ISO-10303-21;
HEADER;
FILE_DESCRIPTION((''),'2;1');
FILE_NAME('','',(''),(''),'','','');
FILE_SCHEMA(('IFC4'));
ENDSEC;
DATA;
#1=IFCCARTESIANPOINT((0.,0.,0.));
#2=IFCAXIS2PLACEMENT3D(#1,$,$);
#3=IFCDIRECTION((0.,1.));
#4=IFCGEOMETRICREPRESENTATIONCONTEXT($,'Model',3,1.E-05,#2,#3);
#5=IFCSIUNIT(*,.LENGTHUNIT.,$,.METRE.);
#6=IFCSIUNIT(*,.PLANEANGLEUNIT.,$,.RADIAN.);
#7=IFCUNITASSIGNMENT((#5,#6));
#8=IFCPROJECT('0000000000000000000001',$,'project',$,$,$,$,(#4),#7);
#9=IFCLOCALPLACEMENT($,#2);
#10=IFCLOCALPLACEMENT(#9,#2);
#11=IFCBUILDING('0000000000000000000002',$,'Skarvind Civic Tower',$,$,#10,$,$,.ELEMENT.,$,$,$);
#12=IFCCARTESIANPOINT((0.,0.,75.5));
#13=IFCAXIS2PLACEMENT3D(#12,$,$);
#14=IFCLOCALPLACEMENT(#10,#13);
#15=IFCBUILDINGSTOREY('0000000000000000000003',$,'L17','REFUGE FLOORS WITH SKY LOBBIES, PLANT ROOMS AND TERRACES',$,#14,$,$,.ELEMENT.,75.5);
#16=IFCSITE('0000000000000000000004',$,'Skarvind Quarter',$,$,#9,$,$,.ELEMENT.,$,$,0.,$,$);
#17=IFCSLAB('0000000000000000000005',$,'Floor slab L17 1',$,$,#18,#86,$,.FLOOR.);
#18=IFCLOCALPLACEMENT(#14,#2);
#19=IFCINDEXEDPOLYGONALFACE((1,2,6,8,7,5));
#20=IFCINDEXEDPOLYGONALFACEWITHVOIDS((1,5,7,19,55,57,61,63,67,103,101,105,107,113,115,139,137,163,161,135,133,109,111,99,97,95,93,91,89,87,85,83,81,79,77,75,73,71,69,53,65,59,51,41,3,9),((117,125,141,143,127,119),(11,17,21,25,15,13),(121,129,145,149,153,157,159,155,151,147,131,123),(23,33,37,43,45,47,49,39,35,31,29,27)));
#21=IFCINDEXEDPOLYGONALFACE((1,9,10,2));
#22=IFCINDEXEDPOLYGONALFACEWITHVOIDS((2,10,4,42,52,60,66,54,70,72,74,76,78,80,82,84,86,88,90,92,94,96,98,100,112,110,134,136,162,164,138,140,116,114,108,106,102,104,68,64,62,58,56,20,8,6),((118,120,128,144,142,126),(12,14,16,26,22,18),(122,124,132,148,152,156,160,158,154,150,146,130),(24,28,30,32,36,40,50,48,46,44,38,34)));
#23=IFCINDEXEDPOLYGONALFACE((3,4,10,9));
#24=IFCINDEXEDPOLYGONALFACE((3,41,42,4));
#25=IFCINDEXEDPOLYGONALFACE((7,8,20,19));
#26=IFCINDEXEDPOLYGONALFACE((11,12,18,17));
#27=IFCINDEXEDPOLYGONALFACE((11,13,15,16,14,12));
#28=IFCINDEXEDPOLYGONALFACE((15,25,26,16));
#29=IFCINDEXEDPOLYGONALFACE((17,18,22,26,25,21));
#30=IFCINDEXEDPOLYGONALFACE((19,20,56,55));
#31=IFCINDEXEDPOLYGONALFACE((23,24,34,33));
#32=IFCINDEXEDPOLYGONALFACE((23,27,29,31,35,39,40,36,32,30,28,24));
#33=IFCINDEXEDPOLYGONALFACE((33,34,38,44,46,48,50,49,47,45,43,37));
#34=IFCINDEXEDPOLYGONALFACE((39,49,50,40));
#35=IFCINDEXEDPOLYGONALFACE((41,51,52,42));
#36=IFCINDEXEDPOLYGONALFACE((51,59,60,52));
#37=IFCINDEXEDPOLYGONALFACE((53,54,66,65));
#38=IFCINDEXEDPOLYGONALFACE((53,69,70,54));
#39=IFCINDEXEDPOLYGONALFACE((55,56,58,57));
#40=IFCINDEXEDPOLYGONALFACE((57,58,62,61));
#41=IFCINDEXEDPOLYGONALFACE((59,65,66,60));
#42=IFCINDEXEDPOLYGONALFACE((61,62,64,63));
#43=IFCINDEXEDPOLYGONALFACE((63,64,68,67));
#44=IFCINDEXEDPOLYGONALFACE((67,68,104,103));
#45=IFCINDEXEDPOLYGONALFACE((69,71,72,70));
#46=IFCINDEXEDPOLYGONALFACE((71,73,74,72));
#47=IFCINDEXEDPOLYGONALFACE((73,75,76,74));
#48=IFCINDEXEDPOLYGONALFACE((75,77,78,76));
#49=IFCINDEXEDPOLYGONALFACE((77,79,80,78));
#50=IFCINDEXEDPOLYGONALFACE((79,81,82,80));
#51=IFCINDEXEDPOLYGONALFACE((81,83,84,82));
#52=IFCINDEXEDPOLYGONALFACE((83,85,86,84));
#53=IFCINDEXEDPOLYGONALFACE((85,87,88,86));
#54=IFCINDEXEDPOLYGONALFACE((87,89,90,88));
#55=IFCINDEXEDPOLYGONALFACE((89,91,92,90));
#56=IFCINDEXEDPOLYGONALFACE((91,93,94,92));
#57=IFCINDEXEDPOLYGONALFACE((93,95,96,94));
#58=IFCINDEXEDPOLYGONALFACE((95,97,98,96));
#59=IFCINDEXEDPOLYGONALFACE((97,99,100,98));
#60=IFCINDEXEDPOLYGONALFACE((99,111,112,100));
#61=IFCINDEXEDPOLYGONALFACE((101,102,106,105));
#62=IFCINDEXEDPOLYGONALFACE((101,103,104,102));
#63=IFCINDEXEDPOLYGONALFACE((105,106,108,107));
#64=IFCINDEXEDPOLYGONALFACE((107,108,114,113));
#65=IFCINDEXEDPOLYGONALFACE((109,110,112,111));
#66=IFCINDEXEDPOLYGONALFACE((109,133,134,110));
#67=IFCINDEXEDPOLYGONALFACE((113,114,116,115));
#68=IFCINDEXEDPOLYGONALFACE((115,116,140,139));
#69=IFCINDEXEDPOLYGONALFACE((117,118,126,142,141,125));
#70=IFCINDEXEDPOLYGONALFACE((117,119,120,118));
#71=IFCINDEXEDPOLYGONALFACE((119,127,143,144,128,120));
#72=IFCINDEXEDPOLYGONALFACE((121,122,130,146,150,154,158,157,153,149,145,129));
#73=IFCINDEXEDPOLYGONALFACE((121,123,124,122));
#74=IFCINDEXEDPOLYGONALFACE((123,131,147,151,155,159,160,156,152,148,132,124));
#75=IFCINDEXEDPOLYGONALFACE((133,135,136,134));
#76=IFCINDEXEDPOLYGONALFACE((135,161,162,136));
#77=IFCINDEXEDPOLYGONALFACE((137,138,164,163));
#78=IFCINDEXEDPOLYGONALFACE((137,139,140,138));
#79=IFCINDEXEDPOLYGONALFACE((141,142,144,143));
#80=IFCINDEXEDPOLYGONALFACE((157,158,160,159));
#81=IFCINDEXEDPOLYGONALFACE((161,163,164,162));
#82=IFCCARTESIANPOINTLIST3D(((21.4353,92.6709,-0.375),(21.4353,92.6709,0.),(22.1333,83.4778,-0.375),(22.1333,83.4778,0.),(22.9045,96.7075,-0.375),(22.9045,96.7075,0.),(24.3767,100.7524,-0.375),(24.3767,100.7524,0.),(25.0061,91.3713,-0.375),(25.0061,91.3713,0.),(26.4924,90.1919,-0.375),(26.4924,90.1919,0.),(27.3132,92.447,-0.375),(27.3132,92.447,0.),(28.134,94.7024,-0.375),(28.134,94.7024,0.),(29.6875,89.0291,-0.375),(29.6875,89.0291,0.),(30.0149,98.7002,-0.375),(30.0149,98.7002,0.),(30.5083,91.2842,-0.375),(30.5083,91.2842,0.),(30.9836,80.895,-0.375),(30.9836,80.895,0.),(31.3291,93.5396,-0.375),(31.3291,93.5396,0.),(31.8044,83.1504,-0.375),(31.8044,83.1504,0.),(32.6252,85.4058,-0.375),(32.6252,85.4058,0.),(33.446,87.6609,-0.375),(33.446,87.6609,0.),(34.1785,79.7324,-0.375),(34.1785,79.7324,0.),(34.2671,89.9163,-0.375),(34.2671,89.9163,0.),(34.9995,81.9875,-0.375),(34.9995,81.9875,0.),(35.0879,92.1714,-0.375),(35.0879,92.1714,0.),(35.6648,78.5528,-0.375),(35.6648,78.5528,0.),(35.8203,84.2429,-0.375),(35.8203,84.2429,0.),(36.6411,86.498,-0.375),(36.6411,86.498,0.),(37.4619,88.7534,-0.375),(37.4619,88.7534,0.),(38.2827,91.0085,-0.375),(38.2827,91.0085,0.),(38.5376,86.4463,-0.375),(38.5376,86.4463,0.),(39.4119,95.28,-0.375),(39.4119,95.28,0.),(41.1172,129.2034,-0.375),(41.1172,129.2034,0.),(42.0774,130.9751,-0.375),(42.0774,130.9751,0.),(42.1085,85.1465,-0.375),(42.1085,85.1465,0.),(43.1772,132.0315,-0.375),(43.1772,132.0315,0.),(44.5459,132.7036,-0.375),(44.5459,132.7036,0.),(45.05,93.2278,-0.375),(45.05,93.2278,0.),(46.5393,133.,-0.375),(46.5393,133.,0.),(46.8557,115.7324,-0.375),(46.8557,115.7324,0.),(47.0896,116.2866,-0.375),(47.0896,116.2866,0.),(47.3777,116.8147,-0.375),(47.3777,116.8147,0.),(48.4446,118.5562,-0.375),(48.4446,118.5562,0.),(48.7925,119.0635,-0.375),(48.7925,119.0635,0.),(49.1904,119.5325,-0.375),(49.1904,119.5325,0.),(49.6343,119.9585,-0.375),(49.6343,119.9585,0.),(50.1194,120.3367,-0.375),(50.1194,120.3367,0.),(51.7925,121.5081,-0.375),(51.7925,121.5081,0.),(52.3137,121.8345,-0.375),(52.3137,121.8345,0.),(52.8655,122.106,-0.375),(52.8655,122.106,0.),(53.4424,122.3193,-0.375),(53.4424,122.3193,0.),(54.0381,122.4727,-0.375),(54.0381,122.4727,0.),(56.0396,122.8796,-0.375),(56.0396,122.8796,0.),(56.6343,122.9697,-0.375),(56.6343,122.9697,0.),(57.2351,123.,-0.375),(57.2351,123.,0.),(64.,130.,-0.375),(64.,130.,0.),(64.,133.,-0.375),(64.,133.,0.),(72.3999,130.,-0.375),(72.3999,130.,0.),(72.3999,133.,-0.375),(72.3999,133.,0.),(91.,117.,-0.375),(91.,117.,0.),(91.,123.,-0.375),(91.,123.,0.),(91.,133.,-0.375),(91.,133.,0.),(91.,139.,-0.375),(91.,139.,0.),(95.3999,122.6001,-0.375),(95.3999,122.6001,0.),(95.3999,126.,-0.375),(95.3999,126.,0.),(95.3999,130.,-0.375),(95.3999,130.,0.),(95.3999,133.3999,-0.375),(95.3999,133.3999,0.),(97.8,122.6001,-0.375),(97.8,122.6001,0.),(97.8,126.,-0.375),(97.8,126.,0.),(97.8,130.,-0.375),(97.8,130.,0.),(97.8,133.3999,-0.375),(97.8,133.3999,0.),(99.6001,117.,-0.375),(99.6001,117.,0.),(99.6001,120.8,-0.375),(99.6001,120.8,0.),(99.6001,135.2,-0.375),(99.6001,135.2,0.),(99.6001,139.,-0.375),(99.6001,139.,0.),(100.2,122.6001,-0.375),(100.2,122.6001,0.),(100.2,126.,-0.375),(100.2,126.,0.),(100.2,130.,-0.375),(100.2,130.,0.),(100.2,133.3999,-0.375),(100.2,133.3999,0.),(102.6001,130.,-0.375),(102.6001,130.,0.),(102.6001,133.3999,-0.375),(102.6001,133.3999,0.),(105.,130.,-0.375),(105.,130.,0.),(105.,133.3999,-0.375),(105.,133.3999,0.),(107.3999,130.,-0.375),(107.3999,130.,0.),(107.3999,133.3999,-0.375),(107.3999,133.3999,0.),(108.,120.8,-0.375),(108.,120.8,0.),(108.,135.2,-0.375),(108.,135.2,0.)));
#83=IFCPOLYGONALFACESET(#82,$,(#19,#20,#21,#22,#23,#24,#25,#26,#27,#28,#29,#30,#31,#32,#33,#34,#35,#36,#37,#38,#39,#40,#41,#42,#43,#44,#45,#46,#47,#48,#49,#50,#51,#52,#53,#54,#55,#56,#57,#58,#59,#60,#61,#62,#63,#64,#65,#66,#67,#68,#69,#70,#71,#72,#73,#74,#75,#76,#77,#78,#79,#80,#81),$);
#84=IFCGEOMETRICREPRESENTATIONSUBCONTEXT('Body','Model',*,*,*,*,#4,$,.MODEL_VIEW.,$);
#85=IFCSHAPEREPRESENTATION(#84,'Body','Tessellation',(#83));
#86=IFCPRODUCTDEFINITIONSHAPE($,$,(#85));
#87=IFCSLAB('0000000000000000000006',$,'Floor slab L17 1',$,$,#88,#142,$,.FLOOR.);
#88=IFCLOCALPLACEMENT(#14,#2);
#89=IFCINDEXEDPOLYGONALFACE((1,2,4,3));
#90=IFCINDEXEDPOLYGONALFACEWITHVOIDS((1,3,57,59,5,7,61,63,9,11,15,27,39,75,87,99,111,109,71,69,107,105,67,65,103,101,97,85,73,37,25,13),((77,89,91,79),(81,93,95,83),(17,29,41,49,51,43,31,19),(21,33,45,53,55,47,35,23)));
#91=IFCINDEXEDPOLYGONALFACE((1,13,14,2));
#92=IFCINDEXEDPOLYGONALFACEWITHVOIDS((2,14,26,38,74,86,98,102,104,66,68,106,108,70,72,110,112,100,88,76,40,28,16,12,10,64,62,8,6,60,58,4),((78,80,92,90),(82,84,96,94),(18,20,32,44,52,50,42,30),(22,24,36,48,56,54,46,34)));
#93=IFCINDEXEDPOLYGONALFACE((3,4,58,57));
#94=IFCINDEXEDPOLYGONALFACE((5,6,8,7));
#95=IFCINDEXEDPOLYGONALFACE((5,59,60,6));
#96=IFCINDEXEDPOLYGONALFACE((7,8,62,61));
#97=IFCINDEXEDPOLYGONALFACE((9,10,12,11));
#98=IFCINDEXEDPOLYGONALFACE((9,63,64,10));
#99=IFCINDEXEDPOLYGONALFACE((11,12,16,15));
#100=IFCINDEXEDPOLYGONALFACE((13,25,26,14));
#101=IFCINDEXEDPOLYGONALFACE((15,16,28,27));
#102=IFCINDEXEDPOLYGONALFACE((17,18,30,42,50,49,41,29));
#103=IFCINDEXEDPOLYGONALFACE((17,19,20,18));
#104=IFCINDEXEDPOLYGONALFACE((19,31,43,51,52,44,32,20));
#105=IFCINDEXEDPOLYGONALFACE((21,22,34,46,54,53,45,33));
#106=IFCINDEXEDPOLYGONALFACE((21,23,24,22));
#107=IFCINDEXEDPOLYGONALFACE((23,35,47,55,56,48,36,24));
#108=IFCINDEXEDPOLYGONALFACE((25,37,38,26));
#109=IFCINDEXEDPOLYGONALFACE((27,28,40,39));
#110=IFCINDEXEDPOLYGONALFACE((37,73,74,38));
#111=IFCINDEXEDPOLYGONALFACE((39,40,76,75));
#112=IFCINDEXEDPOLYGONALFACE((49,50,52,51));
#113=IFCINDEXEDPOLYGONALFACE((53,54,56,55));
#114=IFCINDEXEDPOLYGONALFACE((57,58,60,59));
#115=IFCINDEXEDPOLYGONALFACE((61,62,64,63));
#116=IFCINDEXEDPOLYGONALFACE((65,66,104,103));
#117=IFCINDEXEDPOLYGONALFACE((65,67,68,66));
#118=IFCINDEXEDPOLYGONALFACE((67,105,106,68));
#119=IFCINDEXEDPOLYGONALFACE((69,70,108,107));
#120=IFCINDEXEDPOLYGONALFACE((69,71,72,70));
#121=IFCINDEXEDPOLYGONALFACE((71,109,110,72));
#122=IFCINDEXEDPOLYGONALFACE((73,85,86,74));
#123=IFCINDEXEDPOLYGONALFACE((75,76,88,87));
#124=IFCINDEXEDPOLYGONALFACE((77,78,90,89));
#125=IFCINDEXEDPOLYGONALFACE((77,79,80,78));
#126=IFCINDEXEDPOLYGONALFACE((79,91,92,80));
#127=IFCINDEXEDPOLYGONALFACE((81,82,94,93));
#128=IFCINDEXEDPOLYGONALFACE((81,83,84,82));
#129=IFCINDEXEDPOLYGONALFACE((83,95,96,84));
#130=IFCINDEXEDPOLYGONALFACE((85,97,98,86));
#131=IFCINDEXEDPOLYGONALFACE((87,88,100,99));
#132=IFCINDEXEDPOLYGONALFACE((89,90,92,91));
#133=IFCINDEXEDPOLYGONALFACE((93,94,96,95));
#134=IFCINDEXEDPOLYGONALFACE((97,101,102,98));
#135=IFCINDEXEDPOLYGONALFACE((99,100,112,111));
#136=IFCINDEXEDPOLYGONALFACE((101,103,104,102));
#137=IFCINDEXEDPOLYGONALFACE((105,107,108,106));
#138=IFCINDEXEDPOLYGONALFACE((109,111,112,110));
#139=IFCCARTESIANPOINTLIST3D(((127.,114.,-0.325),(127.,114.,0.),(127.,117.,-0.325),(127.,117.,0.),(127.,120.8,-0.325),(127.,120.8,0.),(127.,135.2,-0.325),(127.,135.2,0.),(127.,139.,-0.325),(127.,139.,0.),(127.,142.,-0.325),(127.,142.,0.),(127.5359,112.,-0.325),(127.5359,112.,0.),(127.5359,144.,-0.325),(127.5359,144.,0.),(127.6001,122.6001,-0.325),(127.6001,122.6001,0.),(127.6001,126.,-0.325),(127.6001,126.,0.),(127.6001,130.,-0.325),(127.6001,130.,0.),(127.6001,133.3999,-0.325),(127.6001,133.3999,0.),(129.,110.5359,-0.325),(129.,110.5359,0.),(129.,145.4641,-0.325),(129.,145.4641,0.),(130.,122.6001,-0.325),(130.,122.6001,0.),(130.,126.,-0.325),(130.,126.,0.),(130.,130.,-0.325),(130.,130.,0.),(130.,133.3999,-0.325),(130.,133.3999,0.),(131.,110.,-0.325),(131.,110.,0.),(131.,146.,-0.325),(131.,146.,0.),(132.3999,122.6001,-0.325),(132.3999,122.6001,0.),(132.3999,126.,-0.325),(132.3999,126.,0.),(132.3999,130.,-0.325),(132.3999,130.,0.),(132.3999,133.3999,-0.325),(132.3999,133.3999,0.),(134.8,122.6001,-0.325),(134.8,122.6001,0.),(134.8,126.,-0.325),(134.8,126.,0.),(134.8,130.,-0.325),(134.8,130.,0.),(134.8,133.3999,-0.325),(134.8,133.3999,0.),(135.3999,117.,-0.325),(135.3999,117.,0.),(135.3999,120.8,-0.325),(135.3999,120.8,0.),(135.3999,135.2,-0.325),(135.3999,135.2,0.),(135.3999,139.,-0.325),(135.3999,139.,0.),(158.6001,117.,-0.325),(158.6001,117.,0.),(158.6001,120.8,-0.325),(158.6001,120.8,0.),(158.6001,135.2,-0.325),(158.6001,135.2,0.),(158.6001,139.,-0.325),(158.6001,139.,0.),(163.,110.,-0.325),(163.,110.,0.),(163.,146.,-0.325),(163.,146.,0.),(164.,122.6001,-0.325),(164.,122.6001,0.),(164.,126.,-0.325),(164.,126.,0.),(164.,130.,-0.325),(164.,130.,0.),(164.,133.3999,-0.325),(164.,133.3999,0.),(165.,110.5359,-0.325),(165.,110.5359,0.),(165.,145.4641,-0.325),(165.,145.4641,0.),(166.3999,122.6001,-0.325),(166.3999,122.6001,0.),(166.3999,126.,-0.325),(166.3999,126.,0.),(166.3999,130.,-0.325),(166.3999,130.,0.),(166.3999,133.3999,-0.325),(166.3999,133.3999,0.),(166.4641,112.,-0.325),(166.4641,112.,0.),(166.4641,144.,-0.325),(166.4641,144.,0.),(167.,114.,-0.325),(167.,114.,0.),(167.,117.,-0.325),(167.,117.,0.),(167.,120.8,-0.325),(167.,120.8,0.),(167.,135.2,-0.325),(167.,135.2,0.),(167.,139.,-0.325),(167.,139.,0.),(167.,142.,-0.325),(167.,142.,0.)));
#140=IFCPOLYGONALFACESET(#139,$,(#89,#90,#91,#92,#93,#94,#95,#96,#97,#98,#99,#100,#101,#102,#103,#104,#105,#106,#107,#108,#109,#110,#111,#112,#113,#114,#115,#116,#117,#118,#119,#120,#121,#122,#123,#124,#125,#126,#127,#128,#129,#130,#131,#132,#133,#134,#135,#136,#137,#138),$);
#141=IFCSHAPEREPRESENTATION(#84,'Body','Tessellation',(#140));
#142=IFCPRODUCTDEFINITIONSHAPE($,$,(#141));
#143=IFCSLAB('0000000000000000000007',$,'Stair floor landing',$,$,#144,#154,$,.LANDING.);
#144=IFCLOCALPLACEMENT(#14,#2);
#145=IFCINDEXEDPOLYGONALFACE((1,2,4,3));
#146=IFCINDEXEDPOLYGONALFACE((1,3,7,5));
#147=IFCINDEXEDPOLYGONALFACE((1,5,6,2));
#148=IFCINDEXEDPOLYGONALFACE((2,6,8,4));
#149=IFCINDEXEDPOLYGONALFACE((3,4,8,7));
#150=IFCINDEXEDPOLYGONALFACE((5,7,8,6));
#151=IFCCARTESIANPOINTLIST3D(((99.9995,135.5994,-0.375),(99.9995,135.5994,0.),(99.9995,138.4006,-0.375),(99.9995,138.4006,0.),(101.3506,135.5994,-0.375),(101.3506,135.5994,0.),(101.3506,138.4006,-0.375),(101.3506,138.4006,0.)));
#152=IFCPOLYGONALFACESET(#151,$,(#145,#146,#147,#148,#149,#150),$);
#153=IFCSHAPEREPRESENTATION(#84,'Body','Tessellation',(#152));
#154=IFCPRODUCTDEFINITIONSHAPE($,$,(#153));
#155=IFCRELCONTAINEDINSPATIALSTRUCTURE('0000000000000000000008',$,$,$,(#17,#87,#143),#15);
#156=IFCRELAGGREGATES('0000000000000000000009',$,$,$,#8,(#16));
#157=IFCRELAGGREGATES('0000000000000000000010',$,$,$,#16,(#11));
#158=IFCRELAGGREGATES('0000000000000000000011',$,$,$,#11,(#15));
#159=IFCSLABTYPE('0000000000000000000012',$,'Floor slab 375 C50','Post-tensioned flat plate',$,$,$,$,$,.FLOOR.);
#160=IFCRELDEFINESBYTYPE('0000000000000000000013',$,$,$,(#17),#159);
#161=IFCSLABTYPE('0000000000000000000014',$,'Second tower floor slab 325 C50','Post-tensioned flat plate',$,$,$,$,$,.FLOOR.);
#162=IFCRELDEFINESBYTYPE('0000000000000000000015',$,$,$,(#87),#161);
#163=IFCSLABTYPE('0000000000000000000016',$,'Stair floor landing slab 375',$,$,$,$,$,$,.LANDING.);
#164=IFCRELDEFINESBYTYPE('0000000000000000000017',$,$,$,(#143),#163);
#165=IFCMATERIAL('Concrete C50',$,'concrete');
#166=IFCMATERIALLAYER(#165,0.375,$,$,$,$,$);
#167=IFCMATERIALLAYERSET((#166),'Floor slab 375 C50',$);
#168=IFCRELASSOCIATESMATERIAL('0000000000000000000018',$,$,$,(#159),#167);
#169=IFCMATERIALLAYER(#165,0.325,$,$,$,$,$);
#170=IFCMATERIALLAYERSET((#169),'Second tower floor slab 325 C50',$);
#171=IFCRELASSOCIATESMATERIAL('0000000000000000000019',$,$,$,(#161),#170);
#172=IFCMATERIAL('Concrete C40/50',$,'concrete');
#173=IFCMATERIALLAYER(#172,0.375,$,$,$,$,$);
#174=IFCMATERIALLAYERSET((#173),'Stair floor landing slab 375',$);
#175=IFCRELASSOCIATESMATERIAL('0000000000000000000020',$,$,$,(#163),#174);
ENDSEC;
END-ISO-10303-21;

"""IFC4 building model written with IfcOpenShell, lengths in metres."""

from ifc_helpers import new_model, si_unit, direction, frame, origin, place, context, subcontext, project, spatial, polyline, outline, extrude, material, layer, layer_set, type_object, element, save


model = new_model("IFC4")

# Units and contexts
model_context = context("Model", 3, precision=1e-05, world=origin(), true_north=direction((0.0, 1.0)))
body_context = subcontext(model_context, "Body", "Model", "MODEL_VIEW")
ifc_project = project(units=[si_unit("LENGTHUNIT", "METRE"), si_unit("PLANEANGLEUNIT", "RADIAN")], contexts=[model_context])

# Site, building, storey
site_placement = place(None, origin())
site = spatial("IfcSite", under=ifc_project, at=site_placement, Name="Skarvind Quarter", CompositionType="ELEMENT", RefElevation=0.0)
building_placement = place(site_placement, origin())
building = spatial("IfcBuilding", under=site, at=building_placement, Name="Skarvind Civic Tower", CompositionType="ELEMENT")
storey_placement = place(building_placement, frame((0.0, 0.0, 75.5)))
storey = spatial("IfcBuildingStorey", under=building, at=storey_placement, Name="L17", Description="REFUGE FLOORS WITH SKY LOBBIES, PLANT ROOMS AND TERRACES", CompositionType="ELEMENT", Elevation=75.5)

# Slabs
ifc_material_1 = material(Name="Concrete C50", Category="concrete")
ifc_layer_1 = layer(ifc_material_1, 0.375)
ifc_layer_set_1 = layer_set([ifc_layer_1], Name="Floor slab 375 C50")
slab_type_1 = type_object("IfcSlabType", Name="Floor slab 375 C50", Description="Post-tensioned flat plate", PredefinedType="FLOOR", material=ifc_layer_set_1)
slab_1_placement = place(storey_placement, frame((0.0, 0.0, -0.375)))
element("IfcSlab", 1, at=slab_1_placement, inside=storey, type_object=slab_type_1, Name="Floor slab L17 1", PredefinedType="FLOOR", context=body_context, shape_type="SweptSolid", body=[
    extrude(outline(polyline([(41.1172, 129.2034), (30.0149, 98.7002), (24.3767, 100.7524), (22.9045, 96.7075), (19.4753, 87.2861), (19.4175, 87.1267), (21.4353, 92.6709), (25.0061, 91.3713), (22.1333, 83.4778), (36.8865, 78.1082), (35.6648, 78.5527), (38.5376, 86.4463), (42.1086, 85.1465), (42.0154, 84.8906), (45.05, 93.2278), (39.4119, 95.28), (46.8557, 115.7324), (47.0896, 116.2866), (47.3777, 116.8147), (48.4446, 118.5562), (48.7925, 119.0635), (49.1904, 119.5325), (49.6343, 119.9585), (50.1194, 120.3367), (51.7925, 121.5081), (52.3137, 121.8345), (52.8655, 122.106), (53.4424, 122.3193), (54.0381, 122.4727), (56.0396, 122.8796), (56.6343, 122.9697), (57.2351, 123.0), (91.0, 123.0), (91.0, 117.0), (99.6001, 117.0), (99.6001, 120.8), (108.0, 120.8), (108.0, 135.2), (99.6001, 135.2), (99.6001, 139.0), (91.0, 139.0), (91.0, 133.0), (72.3999, 133.0), (72.3999, 130.0), (64.0, 130.0), (64.0, 133.0), (46.5393, 133.0), (44.5459, 132.7036), (43.1772, 132.0315), (42.0774, 130.9751), (41.1172, 129.2034)]), holes=[polyline([(32.6252, 85.4058), (33.446, 87.6609), (34.2671, 89.9163), (35.0879, 92.1714), (38.2827, 91.0085), (37.4619, 88.7534), (36.6411, 86.498), (35.8203, 84.2429), (35.8203, 84.2429), (34.9995, 81.9875), (34.1785, 79.7324), (30.9836, 80.895), (31.8044, 83.1504), (32.6252, 85.4058), (32.6252, 85.4058)]), polyline([(31.3291, 93.5396), (30.5083, 91.2842), (29.6875, 89.0291), (26.4924, 90.1919), (27.3132, 92.447), (28.134, 94.7024), (31.3291, 93.5396)]), polyline([(100.2, 126.0), (100.2, 122.6001), (97.8, 122.6001), (95.3999, 122.6001), (95.3999, 126.0), (97.8, 126.0), (100.2, 126.0)]), polyline([(100.2, 133.3999), (102.6001, 133.3999), (105.0, 133.3999), (107.3999, 133.3999), (107.3999, 130.0), (105.0, 130.0), (102.6001, 130.0), (100.2, 130.0), (97.8, 130.0), (95.3999, 130.0), (95.3999, 133.3999), (97.8, 133.3999), (100.2, 133.3999)])]), origin(), (0.0, 0.0, 1.0), 0.375),
])
ifc_layer_2 = layer(ifc_material_1, 0.325)
ifc_layer_set_2 = layer_set([ifc_layer_2], Name="Second tower floor slab 325 C50")
slab_type_2 = type_object("IfcSlabType", Name="Second tower floor slab 325 C50", Description="Post-tensioned flat plate", PredefinedType="FLOOR", material=ifc_layer_set_2)
slab_2_placement = place(storey_placement, frame((0.0, 0.0, -0.325)))
element("IfcSlab", 2, at=slab_2_placement, inside=storey, type_object=slab_type_2, Name="Floor slab L17 1", PredefinedType="FLOOR", context=body_context, shape_type="SweptSolid", body=[
    extrude(outline(polyline([(127.0, 139.0), (135.3999, 139.0), (135.3999, 135.2), (127.0, 135.2), (127.0, 120.8), (135.3999, 120.8), (135.3999, 117.0), (127.0, 117.0), (127.0, 114.0), (127.5359, 112.0), (129.0, 110.5359), (131.0, 110.0), (163.0, 110.0), (165.0, 110.5359), (166.4641, 112.0), (167.0, 114.0), (167.0, 117.0), (158.6001, 117.0), (158.6001, 120.8), (167.0, 120.8), (167.0, 135.2), (158.6001, 135.2), (158.6001, 139.0), (167.0, 139.0), (167.0, 142.0), (166.4641, 144.0), (165.0, 145.4641), (163.0, 146.0), (131.0, 146.0), (129.0, 145.4641), (127.5359, 144.0), (127.0, 142.0), (127.0, 139.0)]), holes=[polyline([(132.3999, 126.0), (134.8, 126.0), (134.8, 122.6001), (132.3999, 122.6001), (130.0, 122.6001), (127.6001, 122.6001), (127.6001, 126.0), (130.0, 126.0), (132.3999, 126.0)]), polyline([(130.0, 133.3999), (132.3999, 133.3999), (134.8, 133.3999), (134.8, 130.0), (132.3999, 130.0), (130.0, 130.0), (127.6001, 130.0), (127.6001, 133.3999), (130.0, 133.3999)]), polyline([(166.3999, 126.0), (166.3999, 122.6001), (164.0, 122.6001), (164.0, 126.0), (166.3999, 126.0)]), polyline([(166.3999, 133.3999), (166.3999, 130.0), (164.0, 130.0), (164.0, 133.3999), (166.3999, 133.3999)])]), origin(), (0.0, 0.0, 1.0), 0.325),
])
ifc_material_2 = material(Name="Concrete C40/50", Category="concrete")
ifc_layer_3 = layer(ifc_material_2, 0.375)
ifc_layer_set_3 = layer_set([ifc_layer_3], Name="Stair floor landing slab 375")
slab_type_3 = type_object("IfcSlabType", Name="Stair floor landing slab 375", PredefinedType="LANDING", material=ifc_layer_set_3)
slab_3_placement = place(storey_placement, frame((0.0, 0.0, -0.375)))
element("IfcSlab", 3, at=slab_3_placement, inside=storey, type_object=slab_type_3, Name="Stair floor landing", PredefinedType="LANDING", context=body_context, shape_type="SweptSolid", body=[
    extrude(outline(polyline([(101.3506, 138.4006), (101.3506, 135.5994), (99.9995, 135.5994), (99.9995, 138.4006), (101.3506, 138.4006)])), origin(), (0.0, 0.0, 1.0), 0.375),
])

save(model, "model.ifc")
